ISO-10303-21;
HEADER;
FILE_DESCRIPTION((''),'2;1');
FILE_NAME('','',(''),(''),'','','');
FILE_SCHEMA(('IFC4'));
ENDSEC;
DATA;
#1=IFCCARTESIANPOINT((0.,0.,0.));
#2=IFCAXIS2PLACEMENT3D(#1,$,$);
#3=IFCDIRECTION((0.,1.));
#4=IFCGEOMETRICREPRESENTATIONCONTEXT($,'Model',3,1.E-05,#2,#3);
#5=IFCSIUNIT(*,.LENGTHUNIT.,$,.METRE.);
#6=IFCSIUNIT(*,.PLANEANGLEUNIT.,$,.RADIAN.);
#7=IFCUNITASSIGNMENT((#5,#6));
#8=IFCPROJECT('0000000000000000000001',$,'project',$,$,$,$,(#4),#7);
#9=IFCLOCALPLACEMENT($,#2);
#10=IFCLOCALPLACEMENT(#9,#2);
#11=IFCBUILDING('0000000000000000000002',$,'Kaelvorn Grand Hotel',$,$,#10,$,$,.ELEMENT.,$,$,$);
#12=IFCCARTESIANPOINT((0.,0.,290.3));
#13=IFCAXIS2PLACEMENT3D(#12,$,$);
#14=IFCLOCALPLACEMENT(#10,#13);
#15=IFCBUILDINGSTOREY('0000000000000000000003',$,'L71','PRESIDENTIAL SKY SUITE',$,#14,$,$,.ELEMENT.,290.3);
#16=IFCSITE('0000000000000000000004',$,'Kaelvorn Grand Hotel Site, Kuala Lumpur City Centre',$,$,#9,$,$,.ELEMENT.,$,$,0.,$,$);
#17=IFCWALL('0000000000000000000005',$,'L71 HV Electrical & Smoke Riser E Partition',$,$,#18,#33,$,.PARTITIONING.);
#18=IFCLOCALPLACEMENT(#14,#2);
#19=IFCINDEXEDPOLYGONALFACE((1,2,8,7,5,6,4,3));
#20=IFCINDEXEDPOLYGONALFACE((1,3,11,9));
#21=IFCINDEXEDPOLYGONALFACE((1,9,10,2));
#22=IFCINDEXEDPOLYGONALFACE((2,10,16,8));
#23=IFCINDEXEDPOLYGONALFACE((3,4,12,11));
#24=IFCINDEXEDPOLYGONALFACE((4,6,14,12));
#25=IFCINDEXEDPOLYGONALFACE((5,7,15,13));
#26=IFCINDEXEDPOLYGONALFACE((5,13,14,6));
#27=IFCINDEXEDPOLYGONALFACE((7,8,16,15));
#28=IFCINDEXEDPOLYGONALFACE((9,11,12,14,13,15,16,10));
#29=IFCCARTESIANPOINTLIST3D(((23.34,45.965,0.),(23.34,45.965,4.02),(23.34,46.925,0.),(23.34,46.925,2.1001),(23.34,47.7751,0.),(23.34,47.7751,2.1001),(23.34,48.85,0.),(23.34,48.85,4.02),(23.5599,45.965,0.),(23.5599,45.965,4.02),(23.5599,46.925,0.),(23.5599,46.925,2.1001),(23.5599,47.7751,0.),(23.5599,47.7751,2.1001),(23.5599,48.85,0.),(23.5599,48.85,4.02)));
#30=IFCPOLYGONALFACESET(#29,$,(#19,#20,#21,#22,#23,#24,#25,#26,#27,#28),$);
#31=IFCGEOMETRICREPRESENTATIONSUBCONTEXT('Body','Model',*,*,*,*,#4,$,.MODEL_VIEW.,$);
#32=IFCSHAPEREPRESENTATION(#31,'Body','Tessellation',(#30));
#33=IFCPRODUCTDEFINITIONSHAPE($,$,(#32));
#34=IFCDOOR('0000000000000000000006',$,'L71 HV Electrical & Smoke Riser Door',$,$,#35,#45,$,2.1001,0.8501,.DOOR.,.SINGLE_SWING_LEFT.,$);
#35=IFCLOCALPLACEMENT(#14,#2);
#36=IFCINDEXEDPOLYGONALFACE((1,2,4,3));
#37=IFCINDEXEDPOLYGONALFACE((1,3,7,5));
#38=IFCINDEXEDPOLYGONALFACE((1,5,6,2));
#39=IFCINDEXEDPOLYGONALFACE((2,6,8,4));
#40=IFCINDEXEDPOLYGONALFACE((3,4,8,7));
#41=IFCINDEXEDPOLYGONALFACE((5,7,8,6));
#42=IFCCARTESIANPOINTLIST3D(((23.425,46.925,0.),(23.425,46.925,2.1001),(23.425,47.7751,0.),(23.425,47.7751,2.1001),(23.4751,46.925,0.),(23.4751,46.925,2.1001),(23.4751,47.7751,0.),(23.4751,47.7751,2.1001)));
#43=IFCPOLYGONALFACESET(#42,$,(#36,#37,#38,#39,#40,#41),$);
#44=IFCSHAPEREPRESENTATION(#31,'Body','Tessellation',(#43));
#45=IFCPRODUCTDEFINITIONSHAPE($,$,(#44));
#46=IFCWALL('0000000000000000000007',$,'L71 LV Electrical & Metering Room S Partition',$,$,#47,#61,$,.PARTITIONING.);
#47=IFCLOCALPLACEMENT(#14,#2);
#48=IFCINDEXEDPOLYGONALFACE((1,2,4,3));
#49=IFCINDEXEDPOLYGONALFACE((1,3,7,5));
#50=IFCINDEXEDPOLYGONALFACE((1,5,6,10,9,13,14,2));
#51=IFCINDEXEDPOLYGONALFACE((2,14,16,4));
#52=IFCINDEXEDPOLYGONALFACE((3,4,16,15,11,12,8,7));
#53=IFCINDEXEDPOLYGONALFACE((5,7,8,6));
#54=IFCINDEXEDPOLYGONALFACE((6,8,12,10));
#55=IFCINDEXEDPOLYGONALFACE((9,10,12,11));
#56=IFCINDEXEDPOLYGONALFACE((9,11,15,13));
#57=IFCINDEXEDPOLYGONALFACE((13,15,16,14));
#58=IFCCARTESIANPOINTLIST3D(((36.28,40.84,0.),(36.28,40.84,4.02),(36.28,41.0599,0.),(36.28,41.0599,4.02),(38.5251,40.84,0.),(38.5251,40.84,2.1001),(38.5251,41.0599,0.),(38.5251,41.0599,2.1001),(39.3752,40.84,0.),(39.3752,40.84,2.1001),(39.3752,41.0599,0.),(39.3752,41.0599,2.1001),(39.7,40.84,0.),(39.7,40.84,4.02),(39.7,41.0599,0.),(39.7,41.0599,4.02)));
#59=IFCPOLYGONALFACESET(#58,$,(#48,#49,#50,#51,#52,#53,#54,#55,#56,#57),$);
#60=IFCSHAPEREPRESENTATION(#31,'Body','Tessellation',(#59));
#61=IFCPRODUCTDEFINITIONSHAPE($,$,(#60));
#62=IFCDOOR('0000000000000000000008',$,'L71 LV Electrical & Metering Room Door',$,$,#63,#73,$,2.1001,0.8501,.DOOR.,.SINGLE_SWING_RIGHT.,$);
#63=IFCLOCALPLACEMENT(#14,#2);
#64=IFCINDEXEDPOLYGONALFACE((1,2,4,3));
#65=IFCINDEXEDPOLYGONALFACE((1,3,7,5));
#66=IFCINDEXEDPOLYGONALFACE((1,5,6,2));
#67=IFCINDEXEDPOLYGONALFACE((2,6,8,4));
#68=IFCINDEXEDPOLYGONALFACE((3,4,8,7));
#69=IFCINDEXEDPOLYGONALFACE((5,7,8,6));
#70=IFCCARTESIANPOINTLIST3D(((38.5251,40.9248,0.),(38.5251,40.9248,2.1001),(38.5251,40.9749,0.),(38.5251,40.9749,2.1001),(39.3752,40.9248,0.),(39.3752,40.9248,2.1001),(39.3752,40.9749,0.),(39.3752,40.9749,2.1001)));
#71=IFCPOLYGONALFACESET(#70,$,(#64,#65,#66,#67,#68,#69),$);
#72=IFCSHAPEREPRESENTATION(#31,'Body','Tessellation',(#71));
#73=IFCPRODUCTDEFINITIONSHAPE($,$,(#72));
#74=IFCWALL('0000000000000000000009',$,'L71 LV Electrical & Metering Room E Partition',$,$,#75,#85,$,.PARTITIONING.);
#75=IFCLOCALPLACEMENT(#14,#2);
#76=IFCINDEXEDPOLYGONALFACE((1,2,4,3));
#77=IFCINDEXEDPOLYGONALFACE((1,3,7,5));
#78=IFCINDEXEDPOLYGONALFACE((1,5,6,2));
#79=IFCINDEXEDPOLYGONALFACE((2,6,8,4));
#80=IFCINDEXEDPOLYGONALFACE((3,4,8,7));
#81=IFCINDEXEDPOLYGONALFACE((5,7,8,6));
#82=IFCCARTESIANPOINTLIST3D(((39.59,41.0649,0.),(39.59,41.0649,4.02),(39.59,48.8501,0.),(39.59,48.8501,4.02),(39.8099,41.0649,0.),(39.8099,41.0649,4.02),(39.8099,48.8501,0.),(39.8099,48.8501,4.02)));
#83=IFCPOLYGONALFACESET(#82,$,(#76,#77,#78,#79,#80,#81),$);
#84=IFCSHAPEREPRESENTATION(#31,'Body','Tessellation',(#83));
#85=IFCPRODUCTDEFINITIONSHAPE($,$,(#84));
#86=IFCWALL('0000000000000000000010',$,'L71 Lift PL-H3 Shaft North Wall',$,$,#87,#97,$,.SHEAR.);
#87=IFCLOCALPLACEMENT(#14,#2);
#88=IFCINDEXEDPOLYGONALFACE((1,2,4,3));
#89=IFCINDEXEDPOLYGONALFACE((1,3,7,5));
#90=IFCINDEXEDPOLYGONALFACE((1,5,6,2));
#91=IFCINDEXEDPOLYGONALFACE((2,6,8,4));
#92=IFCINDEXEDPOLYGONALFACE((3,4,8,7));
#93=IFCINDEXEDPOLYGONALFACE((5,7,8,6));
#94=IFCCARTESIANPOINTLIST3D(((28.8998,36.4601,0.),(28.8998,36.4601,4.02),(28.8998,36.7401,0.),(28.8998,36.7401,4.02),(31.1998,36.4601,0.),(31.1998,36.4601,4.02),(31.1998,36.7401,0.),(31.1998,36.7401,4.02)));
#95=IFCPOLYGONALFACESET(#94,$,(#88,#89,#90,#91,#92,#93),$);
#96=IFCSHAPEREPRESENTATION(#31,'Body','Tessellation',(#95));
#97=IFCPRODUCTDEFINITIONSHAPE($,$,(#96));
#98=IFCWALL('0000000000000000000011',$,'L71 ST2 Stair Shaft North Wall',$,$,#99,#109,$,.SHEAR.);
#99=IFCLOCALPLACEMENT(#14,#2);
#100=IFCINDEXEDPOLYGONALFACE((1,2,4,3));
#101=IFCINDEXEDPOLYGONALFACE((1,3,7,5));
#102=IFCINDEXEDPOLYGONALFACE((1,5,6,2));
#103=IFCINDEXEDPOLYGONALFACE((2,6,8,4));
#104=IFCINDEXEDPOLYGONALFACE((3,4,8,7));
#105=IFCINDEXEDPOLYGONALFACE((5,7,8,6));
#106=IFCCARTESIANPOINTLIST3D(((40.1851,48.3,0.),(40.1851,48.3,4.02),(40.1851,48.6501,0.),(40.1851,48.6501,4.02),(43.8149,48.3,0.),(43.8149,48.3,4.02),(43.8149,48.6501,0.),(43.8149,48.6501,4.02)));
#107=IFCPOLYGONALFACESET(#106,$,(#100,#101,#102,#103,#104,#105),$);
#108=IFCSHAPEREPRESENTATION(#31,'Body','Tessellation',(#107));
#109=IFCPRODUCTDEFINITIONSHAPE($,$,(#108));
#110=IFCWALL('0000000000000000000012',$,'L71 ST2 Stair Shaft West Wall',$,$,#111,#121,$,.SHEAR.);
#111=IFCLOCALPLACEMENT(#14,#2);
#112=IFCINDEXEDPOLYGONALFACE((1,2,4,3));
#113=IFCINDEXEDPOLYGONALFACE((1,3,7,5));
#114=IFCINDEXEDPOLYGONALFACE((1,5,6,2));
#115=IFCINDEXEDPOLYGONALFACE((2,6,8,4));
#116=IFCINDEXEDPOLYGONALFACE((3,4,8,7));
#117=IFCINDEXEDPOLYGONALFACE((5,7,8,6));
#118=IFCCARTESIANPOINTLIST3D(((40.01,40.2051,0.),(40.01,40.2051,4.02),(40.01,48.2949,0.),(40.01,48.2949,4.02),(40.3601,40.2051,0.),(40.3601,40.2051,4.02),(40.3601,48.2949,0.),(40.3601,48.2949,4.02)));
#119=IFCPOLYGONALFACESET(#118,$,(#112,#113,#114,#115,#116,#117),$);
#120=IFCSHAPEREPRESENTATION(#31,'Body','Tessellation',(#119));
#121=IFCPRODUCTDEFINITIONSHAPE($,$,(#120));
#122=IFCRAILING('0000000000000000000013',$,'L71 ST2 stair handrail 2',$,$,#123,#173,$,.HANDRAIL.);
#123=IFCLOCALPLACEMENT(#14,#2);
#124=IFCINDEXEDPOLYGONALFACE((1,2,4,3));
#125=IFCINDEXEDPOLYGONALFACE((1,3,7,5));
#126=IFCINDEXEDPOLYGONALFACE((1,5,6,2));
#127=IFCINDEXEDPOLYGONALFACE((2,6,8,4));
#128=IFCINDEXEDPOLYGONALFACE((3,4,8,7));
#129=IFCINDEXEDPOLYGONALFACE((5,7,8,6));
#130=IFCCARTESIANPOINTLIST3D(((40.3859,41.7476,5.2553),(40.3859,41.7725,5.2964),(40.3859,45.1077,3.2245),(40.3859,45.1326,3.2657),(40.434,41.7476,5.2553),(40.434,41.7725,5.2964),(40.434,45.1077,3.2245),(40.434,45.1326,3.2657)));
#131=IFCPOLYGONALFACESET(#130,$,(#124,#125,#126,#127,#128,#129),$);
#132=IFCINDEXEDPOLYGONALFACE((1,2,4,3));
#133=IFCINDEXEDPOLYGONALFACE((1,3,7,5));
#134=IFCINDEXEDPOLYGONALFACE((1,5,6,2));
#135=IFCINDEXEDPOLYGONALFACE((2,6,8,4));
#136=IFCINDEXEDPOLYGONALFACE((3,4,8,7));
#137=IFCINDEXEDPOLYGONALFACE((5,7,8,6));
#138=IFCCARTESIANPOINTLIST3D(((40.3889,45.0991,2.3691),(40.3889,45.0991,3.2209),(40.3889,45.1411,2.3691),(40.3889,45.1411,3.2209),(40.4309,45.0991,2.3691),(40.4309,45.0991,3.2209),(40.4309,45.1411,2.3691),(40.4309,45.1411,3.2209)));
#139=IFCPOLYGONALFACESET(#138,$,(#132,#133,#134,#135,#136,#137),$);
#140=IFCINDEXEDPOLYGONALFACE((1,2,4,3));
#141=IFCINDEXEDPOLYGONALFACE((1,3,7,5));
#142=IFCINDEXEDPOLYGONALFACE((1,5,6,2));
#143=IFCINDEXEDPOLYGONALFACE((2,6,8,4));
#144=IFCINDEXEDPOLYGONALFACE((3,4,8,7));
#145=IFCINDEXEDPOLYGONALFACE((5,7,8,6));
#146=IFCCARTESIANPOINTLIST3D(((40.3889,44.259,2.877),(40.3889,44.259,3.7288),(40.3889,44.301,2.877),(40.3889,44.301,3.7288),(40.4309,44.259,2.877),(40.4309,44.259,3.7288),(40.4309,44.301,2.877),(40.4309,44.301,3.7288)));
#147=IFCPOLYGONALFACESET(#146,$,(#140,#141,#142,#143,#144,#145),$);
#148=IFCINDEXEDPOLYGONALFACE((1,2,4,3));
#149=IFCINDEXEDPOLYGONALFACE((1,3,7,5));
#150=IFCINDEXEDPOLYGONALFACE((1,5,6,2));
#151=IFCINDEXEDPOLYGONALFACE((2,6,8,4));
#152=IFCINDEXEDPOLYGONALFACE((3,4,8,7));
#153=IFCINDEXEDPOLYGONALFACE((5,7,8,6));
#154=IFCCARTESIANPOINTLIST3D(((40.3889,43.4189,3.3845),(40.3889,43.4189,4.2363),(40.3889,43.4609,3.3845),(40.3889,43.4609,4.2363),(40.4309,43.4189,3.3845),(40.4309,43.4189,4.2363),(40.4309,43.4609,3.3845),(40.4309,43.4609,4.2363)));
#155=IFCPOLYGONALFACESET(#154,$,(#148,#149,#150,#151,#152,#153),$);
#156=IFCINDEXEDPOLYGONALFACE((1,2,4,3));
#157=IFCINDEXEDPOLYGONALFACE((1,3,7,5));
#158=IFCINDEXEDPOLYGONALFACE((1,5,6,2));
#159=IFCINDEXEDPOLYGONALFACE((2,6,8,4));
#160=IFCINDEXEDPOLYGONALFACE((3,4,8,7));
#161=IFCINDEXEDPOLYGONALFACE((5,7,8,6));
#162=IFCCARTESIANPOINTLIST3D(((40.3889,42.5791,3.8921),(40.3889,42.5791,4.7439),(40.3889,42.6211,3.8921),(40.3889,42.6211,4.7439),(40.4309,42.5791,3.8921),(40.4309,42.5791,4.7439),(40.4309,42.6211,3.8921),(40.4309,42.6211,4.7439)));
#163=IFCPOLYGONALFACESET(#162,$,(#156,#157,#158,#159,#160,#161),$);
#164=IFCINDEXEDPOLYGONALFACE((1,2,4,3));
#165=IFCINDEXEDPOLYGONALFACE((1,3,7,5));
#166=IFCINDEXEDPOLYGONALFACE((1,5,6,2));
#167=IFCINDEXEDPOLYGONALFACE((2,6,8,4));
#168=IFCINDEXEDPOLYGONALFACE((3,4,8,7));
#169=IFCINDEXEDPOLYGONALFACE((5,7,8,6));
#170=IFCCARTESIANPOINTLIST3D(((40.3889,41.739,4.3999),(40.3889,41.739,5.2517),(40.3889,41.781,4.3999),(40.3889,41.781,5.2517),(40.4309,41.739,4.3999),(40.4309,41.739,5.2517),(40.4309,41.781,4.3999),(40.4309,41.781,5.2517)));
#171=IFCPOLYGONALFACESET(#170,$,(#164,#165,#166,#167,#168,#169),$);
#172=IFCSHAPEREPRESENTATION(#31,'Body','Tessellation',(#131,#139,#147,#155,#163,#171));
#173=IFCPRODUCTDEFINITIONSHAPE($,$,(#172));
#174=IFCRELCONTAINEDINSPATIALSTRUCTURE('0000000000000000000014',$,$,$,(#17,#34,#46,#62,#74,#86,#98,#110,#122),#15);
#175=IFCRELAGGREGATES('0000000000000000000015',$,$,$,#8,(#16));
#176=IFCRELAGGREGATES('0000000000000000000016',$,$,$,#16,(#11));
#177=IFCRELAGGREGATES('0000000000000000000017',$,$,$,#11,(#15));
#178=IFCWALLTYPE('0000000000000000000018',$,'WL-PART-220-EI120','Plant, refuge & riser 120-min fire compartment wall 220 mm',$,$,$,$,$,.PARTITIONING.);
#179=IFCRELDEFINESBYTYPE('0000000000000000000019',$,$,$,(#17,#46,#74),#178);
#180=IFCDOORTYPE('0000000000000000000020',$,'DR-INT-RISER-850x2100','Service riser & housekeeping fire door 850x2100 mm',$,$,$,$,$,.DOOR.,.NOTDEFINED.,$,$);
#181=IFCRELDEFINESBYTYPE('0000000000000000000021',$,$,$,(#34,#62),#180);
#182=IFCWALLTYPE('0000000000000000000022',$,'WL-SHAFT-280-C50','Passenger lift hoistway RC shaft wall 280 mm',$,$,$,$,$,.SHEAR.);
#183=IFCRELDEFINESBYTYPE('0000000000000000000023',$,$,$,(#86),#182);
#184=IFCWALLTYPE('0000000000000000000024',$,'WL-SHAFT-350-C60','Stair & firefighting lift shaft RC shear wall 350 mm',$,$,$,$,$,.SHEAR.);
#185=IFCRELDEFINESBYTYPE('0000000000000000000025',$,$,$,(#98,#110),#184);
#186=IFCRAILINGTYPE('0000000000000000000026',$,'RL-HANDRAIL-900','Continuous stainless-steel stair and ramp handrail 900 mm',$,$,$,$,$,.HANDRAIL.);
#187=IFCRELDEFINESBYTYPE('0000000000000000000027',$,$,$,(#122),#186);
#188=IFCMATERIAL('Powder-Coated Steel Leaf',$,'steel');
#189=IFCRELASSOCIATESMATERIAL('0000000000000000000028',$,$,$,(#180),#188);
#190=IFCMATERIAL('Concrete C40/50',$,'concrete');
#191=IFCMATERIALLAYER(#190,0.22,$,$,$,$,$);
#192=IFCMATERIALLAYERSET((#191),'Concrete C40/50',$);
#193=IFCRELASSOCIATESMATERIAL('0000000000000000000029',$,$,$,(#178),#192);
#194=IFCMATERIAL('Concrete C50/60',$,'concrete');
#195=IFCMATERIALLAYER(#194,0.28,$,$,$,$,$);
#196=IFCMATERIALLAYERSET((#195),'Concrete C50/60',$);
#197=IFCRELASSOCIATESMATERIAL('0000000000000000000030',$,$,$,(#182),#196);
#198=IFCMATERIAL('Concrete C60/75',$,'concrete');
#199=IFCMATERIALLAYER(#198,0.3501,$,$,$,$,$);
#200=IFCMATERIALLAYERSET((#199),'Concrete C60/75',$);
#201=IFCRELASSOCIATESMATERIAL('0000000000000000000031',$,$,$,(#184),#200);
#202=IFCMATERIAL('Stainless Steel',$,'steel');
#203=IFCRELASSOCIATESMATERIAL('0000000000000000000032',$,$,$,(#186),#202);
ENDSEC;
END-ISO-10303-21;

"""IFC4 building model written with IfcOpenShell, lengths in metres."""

from ifc_helpers import new_model, si_unit, direction, frame, frame_2d, origin, origin_2d, place, context, subcontext, project, spatial, rectangle, extrude, material, layer, layer_set, type_object, element, fill, save


model = new_model("IFC4")

# Units and contexts
model_context = context("Model", 3, precision=1e-05, world=origin(), true_north=direction((0.0, 1.0)))
body_context = subcontext(model_context, "Body", "Model", "MODEL_VIEW")
ifc_project = project(units=[si_unit("LENGTHUNIT", "METRE"), si_unit("PLANEANGLEUNIT", "RADIAN")], contexts=[model_context])

# Site, building, storey
site_placement = place(None, origin())
site = spatial("IfcSite", under=ifc_project, at=site_placement, Name="Kaelvorn Grand Hotel Site, Kuala Lumpur City Centre", CompositionType="ELEMENT", RefElevation=0.0)
building_placement = place(site_placement, origin())
building = spatial("IfcBuilding", under=site, at=building_placement, Name="Kaelvorn Grand Hotel", CompositionType="ELEMENT")
storey_placement = place(building_placement, frame((0.0, 0.0, 290.3)))
storey = spatial("IfcBuildingStorey", under=building, at=storey_placement, Name="L71", Description="PRESIDENTIAL SKY SUITE", CompositionType="ELEMENT", Elevation=290.3)

# Shared definitions
ifc_material_1 = material(Name="Concrete C50/60", Category="concrete")

# Shared definitions
ifc_material_2 = material(Name="Powder-Coated Steel Leaf", Category="steel")
door_type_1 = type_object("IfcDoorType", Name="DR-INT-RISER-850x2100", Description="Service riser & housekeeping fire door 850x2100 mm", OperationType="NOTDEFINED", PredefinedType="DOOR", material=ifc_material_2)

# Walls, openings, doors
ifc_material_3 = material(Name="Concrete C40/50", Category="concrete")
ifc_layer_1 = layer(ifc_material_3, 0.22)
ifc_layer_set_1 = layer_set([ifc_layer_1], Name="Concrete C40/50")
wall_type_1 = type_object("IfcWallType", Name="WL-PART-220-EI120", Description="Plant, refuge & riser 120-min fire compartment wall 220 mm", PredefinedType="PARTITIONING", material=ifc_layer_set_1)
wall_1_placement = place(storey_placement, frame((23.45, 45.9651, 0.0), z_axis=(0.0, 0.0, 1.0), x_axis=(0.0, 1.0, 0.0)))
wall_1 = element("IfcWall", 1, at=wall_1_placement, inside=storey, type_object=wall_type_1, Name="L71 HV Electrical & Smoke Riser E Partition", PredefinedType="PARTITIONING", context=body_context, shape_type="SweptSolid", body=[
    extrude(rectangle(XDim=2.885, YDim=0.22, at=frame_2d((1.4424, 0.0))), origin(), (0.0, 0.0, 1.0), 4.02),
])
opening_1_placement = place(wall_1_placement, frame((0.96, 0.0, 0.0)))
opening_1 = element("IfcOpeningElement", 2, at=opening_1_placement, cuts=wall_1, PredefinedType="OPENING", context=body_context, shape_type="SweptSolid", body=[
    extrude(rectangle(XDim=0.8501, YDim=2.1001, at=frame_2d((0.425, 1.05))), frame((0.0, 0.1201, 0.0), z_axis=(0.0, -1.0, 0.0), x_axis=(1.0, 0.0, 0.0)), (0.0, 0.0, 1.0), 0.24),
])
door_1_placement = place(opening_1_placement, origin())
door_1 = element("IfcDoor", 3, at=door_1_placement, inside=storey, type_object=door_type_1, Name="L71 HV Electrical & Smoke Riser Door", OperationType="SINGLE_SWING_LEFT", OverallHeight=2.1001, OverallWidth=0.8501, PredefinedType="DOOR", context=body_context, shape_type="SweptSolid", body=[
    extrude(rectangle(XDim=0.8501, YDim=2.1001, at=frame_2d((0.425, 1.05))), frame((0.0, 0.0249, 0.0), z_axis=(0.0, -1.0, 0.0), x_axis=(1.0, 0.0, 0.0)), (0.0, 0.0, 1.0), 0.05),
])
fill(opening_1, door_1)
wall_2_placement = place(storey_placement, frame((36.28, 40.95, 0.0), z_axis=(0.0, 0.0, 1.0), x_axis=(1.0, 0.0, 0.0)))
wall_2 = element("IfcWall", 4, at=wall_2_placement, inside=storey, type_object=wall_type_1, Name="L71 LV Electrical & Metering Room S Partition", PredefinedType="PARTITIONING", context=body_context, shape_type="SweptSolid", body=[
    extrude(rectangle(XDim=3.4199, YDim=0.22, at=frame_2d((1.71, 0.0))), origin(), (0.0, 0.0, 1.0), 4.02),
])
opening_2_placement = place(wall_2_placement, frame((2.2451, 0.0, 0.0)))
opening_2 = element("IfcOpeningElement", 5, at=opening_2_placement, cuts=wall_2, PredefinedType="OPENING", context=body_context, shape_type="SweptSolid", body=[
    extrude(rectangle(XDim=0.8501, YDim=2.1001, at=frame_2d((0.425, 1.05))), frame((0.0, 0.1201, 0.0), z_axis=(0.0, -1.0, 0.0), x_axis=(1.0, 0.0, 0.0)), (0.0, 0.0, 1.0), 0.24),
])
door_2_placement = place(opening_2_placement, origin())
door_2 = element("IfcDoor", 6, at=door_2_placement, inside=storey, type_object=door_type_1, Name="L71 LV Electrical & Metering Room Door", OperationType="SINGLE_SWING_RIGHT", OverallHeight=2.1001, OverallWidth=0.8501, PredefinedType="DOOR", context=body_context, shape_type="SweptSolid", body=[
    extrude(rectangle(XDim=0.8501, YDim=2.1001, at=frame_2d((0.425, 1.05))), frame((0.0, 0.0249, 0.0), z_axis=(0.0, -1.0, 0.0), x_axis=(1.0, 0.0, 0.0)), (0.0, 0.0, 1.0), 0.05),
])
fill(opening_2, door_2)

# Walls
wall_3_placement = place(storey_placement, frame((39.7, 41.0649, 0.0), z_axis=(0.0, 0.0, 1.0), x_axis=(0.0, 1.0, 0.0)))
element("IfcWall", 7, at=wall_3_placement, inside=storey, type_object=wall_type_1, Name="L71 LV Electrical & Metering Room E Partition", PredefinedType="PARTITIONING", context=body_context, shape_type="SweptSolid", body=[
    extrude(rectangle(XDim=7.7852, YDim=0.22, at=frame_2d((3.8926, 0.0))), origin(), (0.0, 0.0, 1.0), 4.02),
])
ifc_layer_2 = layer(ifc_material_1, 0.28)
ifc_layer_set_2 = layer_set([ifc_layer_2], Name="Concrete C50/60")
wall_type_2 = type_object("IfcWallType", Name="WL-SHAFT-280-C50", Description="Passenger lift hoistway RC shaft wall 280 mm", PredefinedType="SHEAR", material=ifc_layer_set_2)
wall_4_placement = place(storey_placement, frame((28.8999, 36.6001, 0.0), z_axis=(0.0, 0.0, 1.0), x_axis=(1.0, 0.0, 0.0)))
element("IfcWall", 8, at=wall_4_placement, inside=storey, type_object=wall_type_2, Name="L71 Lift PL-H3 Shaft North Wall", PredefinedType="SHEAR", context=body_context, shape_type="SweptSolid", body=[
    extrude(rectangle(XDim=2.3, YDim=0.28, at=frame_2d((1.1499, 0.0))), origin(), (0.0, 0.0, 1.0), 4.02),
])

# Shared definitions
ifc_material_4 = material(Name="Concrete C60/75", Category="concrete")
ifc_layer_3 = layer(ifc_material_4, 0.3501)
ifc_layer_set_3 = layer_set([ifc_layer_3], Name="Concrete C60/75")
wall_type_3 = type_object("IfcWallType", Name="WL-SHAFT-350-C60", Description="Stair & firefighting lift shaft RC shear wall 350 mm", PredefinedType="SHEAR", material=ifc_layer_set_3)

# Walls
wall_5_placement = place(storey_placement, frame((40.1851, 48.4751, 0.0), z_axis=(0.0, 0.0, 1.0), x_axis=(1.0, 0.0, 0.0)))
element("IfcWall", 9, at=wall_5_placement, inside=storey, type_object=wall_type_3, Name="L71 ST2 Stair Shaft North Wall", PredefinedType="SHEAR", context=body_context, shape_type="SweptSolid", body=[
    extrude(rectangle(XDim=3.6299, YDim=0.3501, at=frame_2d((1.8149, 0.0))), origin(), (0.0, 0.0, 1.0), 4.02),
])
wall_6_placement = place(storey_placement, frame((40.1851, 40.2051, 0.0), z_axis=(0.0, 0.0, 1.0), x_axis=(0.0, 1.0, 0.0)))
element("IfcWall", 10, at=wall_6_placement, inside=storey, type_object=wall_type_3, Name="L71 ST2 Stair Shaft West Wall", PredefinedType="SHEAR", context=body_context, shape_type="SweptSolid", body=[
    extrude(rectangle(XDim=8.0898, YDim=0.3501, at=frame_2d((4.0449, 0.0))), origin(), (0.0, 0.0, 1.0), 4.02),
])

# Railing
ifc_material_5 = material(Name="Stainless Steel", Category="steel")
railing_type = type_object("IfcRailingType", Name="RL-HANDRAIL-900", Description="Continuous stainless-steel stair and ramp handrail 900 mm", PredefinedType="HANDRAIL", material=ifc_material_5)
railing_placement = place(storey_placement, frame((40.4099, 45.1201, 2.3691)))
element("IfcRailing", 11, at=railing_placement, inside=storey, type_object=railing_type, Name="L71 ST2 stair handrail 2", PredefinedType="HANDRAIL", context=body_context, shape_type="SweptSolid", body=[
    extrude(rectangle(XDim=0.0481, YDim=0.0481, at=origin_2d()), frame((0.0, 0.0, 0.876), z_axis=(0.0, -0.855837, 0.517246), x_axis=(1.0, 0.0, 0.0)), (0.0, 0.0, 1.0), 3.926),
    extrude(rectangle(XDim=0.042, YDim=0.042, at=origin_2d()), origin(), (0.0, 0.0, 1.0), 0.8518),
    extrude(rectangle(XDim=0.042, YDim=0.042, at=origin_2d()), frame((0.0, -0.8401, 0.5078)), (0.0, 0.0, 1.0), 0.8518),
    extrude(rectangle(XDim=0.042, YDim=0.042, at=origin_2d()), frame((0.0, -1.6802, 1.0154)), (0.0, 0.0, 1.0), 0.8518),
    extrude(rectangle(XDim=0.042, YDim=0.042, at=origin_2d()), frame((0.0, -2.52, 1.5229)), (0.0, 0.0, 1.0), 0.8518),
    extrude(rectangle(XDim=0.042, YDim=0.042, at=origin_2d()), frame((0.0, -3.3601, 2.0308)), (0.0, 0.0, 1.0), 0.8518),
])

save(model, "model.ifc")
